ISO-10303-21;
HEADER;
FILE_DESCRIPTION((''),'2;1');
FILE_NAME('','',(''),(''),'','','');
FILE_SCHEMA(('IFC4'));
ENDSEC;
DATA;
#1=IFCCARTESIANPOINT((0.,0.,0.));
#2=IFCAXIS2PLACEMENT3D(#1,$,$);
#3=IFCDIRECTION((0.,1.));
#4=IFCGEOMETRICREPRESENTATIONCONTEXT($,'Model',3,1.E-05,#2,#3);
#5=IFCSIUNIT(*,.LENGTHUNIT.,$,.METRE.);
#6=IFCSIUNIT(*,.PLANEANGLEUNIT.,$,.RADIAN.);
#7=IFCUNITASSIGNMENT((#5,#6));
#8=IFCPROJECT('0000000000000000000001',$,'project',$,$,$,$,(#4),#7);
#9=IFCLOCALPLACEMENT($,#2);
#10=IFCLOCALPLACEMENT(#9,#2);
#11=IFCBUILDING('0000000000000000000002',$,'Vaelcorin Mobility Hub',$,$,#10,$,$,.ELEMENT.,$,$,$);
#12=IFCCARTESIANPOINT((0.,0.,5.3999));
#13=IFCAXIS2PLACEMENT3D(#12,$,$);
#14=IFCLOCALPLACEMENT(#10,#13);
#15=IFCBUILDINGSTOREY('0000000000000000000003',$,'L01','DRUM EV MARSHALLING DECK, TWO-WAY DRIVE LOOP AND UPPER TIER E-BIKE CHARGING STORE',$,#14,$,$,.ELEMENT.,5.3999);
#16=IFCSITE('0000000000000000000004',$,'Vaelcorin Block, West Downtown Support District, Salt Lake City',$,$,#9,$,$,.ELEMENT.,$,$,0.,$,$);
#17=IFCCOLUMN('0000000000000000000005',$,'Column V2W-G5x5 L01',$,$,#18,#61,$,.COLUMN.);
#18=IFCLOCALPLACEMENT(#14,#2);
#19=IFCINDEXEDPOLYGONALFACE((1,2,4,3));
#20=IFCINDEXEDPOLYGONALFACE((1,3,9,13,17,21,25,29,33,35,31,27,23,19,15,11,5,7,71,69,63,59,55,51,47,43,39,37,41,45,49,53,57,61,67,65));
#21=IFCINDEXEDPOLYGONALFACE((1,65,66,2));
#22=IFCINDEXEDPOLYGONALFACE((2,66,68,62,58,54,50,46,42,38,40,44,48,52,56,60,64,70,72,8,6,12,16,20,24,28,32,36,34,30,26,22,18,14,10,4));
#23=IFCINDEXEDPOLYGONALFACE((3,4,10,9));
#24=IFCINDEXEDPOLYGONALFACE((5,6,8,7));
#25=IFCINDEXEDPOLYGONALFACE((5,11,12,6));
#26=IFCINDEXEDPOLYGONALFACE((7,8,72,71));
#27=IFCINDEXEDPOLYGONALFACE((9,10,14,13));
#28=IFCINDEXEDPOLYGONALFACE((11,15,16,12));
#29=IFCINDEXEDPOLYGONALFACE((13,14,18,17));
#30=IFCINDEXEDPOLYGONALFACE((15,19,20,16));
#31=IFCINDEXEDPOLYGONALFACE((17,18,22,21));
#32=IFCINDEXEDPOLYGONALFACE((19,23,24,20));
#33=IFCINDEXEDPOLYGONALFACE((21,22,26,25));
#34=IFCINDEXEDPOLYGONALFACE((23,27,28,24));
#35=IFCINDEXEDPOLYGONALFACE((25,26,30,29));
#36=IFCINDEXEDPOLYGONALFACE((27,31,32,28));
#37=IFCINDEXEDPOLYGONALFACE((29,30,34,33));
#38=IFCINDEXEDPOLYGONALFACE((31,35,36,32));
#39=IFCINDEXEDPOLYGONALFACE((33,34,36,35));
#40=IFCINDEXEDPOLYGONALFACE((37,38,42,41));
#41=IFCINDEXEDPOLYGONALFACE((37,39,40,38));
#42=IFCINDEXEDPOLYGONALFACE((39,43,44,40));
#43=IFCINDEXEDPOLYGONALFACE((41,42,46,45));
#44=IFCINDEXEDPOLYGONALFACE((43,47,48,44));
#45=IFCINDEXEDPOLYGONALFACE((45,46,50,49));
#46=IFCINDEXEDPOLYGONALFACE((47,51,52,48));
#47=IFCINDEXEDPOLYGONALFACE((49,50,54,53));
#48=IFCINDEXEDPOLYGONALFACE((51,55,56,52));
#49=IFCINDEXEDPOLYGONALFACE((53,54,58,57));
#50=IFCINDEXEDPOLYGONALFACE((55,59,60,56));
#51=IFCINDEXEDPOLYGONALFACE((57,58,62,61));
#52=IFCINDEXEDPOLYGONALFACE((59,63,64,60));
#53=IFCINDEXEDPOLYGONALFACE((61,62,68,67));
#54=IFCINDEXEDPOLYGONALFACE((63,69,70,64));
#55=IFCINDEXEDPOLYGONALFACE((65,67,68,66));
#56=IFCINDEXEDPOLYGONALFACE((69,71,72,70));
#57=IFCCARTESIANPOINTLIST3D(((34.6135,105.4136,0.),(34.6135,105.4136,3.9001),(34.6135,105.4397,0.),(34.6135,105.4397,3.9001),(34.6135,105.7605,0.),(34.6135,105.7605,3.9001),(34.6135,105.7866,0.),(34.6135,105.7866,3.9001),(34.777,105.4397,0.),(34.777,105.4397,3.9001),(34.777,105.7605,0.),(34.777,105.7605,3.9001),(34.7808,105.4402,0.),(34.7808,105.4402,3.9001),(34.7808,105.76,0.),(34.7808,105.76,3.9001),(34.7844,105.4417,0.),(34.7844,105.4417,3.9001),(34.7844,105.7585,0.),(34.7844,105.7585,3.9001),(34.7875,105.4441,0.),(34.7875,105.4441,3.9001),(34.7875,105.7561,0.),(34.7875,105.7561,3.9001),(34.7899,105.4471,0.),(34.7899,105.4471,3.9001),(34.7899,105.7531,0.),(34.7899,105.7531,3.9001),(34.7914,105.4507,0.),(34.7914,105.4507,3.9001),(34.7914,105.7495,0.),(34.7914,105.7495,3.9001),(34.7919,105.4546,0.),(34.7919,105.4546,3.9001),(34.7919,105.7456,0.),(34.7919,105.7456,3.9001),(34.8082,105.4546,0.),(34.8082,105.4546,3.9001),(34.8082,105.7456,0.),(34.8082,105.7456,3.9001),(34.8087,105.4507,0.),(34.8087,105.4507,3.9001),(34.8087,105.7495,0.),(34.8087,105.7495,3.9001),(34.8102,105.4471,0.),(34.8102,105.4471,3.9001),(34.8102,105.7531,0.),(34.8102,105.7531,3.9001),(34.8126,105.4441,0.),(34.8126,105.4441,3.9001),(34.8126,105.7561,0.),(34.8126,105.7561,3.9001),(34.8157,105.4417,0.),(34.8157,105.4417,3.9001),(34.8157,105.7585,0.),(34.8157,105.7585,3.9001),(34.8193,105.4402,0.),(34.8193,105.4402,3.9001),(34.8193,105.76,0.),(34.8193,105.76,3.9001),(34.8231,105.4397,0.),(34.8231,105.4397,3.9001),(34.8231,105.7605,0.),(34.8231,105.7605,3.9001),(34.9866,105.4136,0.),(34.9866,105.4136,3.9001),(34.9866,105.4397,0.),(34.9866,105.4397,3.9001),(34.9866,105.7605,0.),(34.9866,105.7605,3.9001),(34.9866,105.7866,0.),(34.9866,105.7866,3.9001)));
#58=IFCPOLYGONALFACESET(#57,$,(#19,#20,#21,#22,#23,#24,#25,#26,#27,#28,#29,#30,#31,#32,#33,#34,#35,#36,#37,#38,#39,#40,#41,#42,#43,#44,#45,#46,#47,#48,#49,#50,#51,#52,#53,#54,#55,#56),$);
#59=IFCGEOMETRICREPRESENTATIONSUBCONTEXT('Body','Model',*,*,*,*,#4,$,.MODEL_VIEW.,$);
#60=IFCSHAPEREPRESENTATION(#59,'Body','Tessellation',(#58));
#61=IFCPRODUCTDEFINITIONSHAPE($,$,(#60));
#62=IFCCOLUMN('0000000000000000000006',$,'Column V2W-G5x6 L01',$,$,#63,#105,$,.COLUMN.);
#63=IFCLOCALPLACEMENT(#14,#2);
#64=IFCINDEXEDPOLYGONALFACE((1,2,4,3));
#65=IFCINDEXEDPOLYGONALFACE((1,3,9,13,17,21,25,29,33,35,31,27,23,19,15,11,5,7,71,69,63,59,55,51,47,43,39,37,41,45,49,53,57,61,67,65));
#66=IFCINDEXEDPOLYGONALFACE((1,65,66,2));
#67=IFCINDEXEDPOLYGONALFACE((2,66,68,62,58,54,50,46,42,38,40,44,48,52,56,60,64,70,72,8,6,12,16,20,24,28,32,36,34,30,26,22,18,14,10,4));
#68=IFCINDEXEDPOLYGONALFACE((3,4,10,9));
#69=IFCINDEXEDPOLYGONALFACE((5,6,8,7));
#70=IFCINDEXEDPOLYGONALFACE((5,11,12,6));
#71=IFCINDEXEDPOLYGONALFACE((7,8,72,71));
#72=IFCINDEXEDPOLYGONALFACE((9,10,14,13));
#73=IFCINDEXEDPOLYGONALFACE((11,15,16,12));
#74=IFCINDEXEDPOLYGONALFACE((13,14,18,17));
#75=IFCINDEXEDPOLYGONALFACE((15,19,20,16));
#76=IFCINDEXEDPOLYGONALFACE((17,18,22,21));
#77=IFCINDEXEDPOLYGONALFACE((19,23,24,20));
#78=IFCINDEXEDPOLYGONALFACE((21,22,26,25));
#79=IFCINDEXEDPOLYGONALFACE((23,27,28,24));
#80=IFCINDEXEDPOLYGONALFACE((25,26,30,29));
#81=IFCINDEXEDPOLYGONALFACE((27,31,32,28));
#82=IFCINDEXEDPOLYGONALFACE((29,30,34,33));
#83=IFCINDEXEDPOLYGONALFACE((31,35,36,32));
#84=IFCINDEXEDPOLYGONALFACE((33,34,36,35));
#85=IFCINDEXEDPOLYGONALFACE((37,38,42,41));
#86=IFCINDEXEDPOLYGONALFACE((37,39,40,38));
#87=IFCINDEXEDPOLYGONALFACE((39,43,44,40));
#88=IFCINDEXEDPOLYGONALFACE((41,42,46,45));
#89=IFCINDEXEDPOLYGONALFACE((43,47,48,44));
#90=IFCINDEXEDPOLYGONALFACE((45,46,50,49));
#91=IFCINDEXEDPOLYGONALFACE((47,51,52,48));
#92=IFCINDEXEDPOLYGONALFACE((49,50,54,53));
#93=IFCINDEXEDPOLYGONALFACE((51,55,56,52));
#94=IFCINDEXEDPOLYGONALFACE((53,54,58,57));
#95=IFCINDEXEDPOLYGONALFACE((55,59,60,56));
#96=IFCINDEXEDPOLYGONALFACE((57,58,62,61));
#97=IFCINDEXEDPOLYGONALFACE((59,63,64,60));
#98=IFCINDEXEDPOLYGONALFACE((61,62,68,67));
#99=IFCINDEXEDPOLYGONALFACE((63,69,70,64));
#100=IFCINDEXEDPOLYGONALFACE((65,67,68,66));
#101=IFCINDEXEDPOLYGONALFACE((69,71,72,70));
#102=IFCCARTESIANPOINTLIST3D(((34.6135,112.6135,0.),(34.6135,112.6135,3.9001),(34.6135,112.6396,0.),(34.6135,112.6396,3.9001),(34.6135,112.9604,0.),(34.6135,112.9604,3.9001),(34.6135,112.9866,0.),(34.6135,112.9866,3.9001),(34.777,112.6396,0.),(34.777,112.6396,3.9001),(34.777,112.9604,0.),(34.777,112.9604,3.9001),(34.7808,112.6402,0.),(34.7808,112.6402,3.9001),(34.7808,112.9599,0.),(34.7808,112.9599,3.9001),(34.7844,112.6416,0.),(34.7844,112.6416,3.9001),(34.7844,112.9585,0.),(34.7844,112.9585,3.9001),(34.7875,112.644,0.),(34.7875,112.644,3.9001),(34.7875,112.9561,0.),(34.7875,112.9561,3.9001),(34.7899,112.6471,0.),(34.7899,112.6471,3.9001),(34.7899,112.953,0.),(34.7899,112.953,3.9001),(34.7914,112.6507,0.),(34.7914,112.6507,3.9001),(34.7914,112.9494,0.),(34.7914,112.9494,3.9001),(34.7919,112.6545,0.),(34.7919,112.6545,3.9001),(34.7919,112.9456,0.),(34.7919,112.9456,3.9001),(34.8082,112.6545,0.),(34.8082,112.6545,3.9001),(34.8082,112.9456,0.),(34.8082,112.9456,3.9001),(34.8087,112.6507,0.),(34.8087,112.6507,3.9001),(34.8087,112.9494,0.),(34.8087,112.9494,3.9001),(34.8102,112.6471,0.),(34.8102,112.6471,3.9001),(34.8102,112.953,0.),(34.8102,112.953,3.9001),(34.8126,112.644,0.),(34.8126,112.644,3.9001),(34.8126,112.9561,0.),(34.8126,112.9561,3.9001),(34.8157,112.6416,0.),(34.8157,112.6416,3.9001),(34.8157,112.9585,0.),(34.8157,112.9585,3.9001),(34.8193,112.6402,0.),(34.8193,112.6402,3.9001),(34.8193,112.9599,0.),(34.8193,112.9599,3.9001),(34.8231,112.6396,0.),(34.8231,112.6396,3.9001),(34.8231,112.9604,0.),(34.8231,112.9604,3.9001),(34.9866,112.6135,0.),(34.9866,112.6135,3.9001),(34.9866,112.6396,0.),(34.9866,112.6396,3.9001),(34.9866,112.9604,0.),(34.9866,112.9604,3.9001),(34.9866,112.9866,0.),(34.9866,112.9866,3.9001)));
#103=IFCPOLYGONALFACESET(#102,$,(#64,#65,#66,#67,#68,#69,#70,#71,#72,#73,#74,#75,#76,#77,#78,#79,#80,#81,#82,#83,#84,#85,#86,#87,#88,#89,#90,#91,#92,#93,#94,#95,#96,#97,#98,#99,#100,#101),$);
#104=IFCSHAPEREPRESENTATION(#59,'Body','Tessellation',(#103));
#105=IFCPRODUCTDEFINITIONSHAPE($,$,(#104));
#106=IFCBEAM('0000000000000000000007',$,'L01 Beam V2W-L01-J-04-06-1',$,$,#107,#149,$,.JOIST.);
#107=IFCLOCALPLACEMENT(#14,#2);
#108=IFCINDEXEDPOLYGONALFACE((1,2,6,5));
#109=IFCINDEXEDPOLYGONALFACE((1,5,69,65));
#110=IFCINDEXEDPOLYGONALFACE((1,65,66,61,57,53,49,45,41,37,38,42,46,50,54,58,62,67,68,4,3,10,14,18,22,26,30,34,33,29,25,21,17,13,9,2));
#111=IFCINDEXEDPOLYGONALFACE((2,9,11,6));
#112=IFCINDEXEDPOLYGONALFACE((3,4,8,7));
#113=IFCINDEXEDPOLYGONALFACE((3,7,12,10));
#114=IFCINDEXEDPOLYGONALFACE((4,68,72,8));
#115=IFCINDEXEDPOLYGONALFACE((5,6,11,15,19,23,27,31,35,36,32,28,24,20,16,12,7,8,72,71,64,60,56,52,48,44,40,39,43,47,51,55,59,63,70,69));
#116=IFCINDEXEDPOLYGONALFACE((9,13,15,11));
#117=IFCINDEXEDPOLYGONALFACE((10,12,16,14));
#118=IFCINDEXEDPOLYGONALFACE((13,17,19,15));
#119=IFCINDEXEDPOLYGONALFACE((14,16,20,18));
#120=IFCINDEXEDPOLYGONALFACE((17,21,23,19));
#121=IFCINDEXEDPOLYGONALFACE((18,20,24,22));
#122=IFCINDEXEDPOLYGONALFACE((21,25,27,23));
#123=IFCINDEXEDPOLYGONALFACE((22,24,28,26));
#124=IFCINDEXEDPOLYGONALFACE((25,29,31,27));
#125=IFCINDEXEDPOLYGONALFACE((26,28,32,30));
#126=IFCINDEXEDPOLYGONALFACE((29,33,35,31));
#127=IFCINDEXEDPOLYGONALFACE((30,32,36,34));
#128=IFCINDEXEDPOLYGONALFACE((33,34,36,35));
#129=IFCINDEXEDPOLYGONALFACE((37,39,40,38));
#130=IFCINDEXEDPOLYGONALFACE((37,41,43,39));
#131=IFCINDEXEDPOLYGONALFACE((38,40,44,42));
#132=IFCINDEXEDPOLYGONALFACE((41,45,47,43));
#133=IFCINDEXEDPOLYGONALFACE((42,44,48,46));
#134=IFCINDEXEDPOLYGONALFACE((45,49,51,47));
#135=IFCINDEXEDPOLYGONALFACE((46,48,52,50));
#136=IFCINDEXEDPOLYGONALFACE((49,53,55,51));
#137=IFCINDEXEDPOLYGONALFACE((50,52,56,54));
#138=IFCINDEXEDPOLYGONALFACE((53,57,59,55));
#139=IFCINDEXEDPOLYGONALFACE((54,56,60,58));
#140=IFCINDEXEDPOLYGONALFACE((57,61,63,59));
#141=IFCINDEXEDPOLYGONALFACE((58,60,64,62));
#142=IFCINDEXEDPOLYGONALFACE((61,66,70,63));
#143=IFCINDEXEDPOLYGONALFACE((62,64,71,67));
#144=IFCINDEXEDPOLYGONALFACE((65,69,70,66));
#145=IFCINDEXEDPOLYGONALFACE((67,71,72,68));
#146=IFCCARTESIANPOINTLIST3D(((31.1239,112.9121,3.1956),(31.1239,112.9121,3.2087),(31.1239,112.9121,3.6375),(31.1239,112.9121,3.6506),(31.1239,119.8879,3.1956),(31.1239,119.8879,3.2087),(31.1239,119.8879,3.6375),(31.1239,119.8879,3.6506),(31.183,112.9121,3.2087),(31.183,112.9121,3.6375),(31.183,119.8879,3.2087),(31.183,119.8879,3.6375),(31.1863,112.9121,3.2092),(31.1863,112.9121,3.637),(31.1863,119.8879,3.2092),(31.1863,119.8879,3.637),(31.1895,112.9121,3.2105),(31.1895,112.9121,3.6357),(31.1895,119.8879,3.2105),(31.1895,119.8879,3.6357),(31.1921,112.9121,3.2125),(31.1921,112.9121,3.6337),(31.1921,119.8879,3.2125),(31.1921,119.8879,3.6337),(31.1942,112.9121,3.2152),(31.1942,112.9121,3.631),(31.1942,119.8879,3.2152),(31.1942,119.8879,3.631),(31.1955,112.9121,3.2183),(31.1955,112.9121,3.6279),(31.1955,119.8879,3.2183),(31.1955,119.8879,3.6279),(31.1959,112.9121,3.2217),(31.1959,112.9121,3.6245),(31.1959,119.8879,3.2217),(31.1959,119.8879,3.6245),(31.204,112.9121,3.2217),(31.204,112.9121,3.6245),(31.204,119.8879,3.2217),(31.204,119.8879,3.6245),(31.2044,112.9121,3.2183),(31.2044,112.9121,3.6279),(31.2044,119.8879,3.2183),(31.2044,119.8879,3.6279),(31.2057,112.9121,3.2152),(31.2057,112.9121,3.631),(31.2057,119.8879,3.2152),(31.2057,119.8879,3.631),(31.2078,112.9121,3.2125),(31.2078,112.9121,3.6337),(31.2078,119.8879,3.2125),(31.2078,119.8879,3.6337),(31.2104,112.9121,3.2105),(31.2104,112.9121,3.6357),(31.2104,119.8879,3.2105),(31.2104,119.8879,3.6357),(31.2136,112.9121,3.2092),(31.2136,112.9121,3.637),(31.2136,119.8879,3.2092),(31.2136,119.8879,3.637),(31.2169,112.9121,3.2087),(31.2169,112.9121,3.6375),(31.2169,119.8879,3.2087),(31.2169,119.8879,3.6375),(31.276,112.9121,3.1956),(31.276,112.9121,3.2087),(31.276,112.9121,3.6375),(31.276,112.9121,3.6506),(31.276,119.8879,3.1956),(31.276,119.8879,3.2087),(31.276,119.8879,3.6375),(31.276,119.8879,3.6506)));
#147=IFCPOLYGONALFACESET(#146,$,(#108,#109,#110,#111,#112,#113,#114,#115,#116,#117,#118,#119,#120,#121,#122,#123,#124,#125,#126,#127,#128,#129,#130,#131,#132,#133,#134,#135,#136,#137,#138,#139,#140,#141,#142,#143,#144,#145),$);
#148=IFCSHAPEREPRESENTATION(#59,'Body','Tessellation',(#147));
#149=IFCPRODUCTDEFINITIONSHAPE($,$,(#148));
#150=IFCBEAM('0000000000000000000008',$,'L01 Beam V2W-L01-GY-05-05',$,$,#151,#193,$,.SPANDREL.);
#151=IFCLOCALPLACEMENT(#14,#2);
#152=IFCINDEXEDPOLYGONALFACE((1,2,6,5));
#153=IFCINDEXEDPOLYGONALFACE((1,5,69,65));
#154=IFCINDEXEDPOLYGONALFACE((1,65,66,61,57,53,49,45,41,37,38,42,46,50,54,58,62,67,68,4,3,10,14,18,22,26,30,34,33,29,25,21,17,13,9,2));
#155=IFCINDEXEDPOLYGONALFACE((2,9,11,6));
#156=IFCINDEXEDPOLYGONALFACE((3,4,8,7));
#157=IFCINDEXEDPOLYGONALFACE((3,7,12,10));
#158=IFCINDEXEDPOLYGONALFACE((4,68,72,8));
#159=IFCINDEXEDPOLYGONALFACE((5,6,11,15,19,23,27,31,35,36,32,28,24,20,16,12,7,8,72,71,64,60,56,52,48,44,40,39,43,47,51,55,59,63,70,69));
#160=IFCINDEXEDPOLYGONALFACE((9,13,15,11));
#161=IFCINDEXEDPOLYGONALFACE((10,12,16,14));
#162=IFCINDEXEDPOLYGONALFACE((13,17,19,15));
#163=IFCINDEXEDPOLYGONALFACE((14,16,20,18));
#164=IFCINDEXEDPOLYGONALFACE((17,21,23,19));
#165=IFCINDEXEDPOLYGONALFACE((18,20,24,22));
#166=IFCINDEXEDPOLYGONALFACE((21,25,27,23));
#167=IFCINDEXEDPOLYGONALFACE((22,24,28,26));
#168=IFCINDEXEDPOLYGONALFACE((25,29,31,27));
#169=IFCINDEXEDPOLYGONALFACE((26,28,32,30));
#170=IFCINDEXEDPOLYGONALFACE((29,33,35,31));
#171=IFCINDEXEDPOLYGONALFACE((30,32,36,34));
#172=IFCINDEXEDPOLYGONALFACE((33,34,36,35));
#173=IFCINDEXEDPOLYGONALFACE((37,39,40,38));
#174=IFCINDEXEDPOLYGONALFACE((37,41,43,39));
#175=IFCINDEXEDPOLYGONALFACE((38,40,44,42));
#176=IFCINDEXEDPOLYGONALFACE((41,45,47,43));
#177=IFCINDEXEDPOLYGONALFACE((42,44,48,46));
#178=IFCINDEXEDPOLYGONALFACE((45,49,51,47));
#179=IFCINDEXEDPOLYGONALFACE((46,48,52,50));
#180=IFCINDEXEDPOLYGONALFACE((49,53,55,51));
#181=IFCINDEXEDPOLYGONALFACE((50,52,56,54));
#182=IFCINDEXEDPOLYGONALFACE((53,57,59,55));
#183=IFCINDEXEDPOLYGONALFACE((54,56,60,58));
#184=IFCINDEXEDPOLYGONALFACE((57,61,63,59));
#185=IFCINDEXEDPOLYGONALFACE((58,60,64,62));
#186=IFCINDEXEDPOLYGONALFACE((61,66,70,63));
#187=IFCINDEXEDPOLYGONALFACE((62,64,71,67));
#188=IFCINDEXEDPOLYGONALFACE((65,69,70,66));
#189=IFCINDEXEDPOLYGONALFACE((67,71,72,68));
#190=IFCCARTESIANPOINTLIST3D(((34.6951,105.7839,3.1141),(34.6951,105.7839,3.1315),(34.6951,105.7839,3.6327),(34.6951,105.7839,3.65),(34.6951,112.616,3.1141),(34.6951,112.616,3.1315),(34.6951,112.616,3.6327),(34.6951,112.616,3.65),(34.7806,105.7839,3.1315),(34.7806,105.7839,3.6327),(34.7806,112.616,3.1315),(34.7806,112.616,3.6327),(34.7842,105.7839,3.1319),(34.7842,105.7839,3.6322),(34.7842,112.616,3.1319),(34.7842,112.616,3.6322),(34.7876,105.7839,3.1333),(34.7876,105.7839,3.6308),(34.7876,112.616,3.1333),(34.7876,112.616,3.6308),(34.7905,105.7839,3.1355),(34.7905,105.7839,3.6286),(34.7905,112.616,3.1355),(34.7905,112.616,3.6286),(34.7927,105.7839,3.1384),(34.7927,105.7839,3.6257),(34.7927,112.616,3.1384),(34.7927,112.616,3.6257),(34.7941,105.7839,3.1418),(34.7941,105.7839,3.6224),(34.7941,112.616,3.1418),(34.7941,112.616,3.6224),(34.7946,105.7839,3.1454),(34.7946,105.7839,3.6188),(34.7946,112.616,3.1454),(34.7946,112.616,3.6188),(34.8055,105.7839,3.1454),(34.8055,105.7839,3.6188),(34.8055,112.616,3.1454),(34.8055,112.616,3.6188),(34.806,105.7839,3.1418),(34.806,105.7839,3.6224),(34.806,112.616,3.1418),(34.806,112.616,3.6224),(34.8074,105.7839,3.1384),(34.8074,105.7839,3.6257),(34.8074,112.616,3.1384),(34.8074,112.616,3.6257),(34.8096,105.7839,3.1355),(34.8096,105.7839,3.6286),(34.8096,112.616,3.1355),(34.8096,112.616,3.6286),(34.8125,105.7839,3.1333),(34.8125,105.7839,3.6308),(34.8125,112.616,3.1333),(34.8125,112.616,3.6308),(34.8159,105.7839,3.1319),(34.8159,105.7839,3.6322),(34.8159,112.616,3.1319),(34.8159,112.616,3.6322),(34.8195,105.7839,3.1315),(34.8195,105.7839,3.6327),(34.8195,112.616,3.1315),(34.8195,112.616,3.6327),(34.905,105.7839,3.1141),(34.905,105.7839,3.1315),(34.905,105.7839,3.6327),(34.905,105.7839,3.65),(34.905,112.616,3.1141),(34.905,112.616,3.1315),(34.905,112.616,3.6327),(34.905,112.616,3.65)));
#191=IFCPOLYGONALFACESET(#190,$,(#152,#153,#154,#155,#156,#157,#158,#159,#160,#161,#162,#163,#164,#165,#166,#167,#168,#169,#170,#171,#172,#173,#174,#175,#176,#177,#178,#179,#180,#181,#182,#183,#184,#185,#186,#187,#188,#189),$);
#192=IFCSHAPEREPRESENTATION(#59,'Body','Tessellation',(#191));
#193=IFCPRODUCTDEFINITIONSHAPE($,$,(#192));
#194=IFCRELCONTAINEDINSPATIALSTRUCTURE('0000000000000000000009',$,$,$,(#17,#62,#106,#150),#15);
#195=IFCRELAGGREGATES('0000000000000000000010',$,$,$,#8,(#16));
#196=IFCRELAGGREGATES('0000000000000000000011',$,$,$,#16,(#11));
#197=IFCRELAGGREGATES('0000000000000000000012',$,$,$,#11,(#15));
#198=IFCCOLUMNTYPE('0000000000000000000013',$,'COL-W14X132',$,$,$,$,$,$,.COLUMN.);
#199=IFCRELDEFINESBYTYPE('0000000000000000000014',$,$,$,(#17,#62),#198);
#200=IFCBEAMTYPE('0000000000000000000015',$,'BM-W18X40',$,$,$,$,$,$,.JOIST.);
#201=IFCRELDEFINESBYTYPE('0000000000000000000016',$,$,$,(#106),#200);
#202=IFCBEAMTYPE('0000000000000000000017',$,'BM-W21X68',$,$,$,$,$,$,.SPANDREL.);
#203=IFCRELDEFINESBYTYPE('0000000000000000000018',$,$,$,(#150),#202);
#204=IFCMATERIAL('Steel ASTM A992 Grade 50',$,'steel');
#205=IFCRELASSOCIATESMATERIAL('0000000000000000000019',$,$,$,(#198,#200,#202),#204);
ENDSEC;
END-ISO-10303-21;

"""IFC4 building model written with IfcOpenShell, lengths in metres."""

from ifc_helpers import new_model, si_unit, direction, frame, origin, origin_2d, place, context, subcontext, project, spatial, i_section, extrude, material, material_profile, profile_set, type_object, element, save


model = new_model("IFC4")

# Units and contexts
model_context = context("Model", 3, precision=1e-05, world=origin(), true_north=direction((0.0, 1.0)))
body_context = subcontext(model_context, "Body", "Model", "MODEL_VIEW")
ifc_project = project(units=[si_unit("LENGTHUNIT", "METRE"), si_unit("PLANEANGLEUNIT", "RADIAN")], contexts=[model_context])

# Site, building, storey
site_placement = place(None, origin())
site = spatial("IfcSite", under=ifc_project, at=site_placement, Name="Vaelcorin Block, West Downtown Support District, Salt Lake City", CompositionType="ELEMENT", RefElevation=0.0)
building_placement = place(site_placement, origin())
building = spatial("IfcBuilding", under=site, at=building_placement, Name="Vaelcorin Mobility Hub", CompositionType="ELEMENT")
storey_placement = place(building_placement, frame((0.0, 0.0, 5.3999)))
storey = spatial("IfcBuildingStorey", under=building, at=storey_placement, Name="L01", Description="DRUM EV MARSHALLING DECK, TWO-WAY DRIVE LOOP AND UPPER TIER E-BIKE CHARGING STORE", CompositionType="ELEMENT", Elevation=5.3999)

# Columns
ifc_material_1 = material(Name="Steel ASTM A992 Grade 50", Category="steel")
ifc_material_profile_1 = material_profile(ifc_material_1, i_section(OverallWidth=0.373, OverallDepth=0.373, WebThickness=0.0164, FlangeThickness=0.0261, FilletRadius=0.0149, at=origin_2d()), Name="W14X132")
ifc_profile_set_1 = profile_set([ifc_material_profile_1], Name="Steel ASTM A992 Grade 50")
column_type_1 = type_object("IfcColumnType", Name="COL-W14X132", PredefinedType="COLUMN", material=ifc_profile_set_1)
for number, where, z_axis, x_axis, name in (
    (1, (34.8, 105.6001, 0.0), (0.0, 0.0, 1.0), (1.0, 0.0, 0.0), "Column V2W-G5x5 L01"),
    (2, (34.8, 112.8, 0.0), (0.0, 0.0, 1.0), (1.0, 0.0, 0.0), "Column V2W-G5x6 L01"),
):
    element("IfcColumn", number, at=place(storey_placement, frame(where, z_axis=z_axis, x_axis=x_axis)), inside=storey, type_object=column_type_1, Name=name, PredefinedType="COLUMN", context=body_context, shape_type="SweptSolid", body=[
        extrude(i_section(OverallWidth=0.373, OverallDepth=0.373, WebThickness=0.0164, FlangeThickness=0.0261, FilletRadius=0.0149, at=origin_2d()), origin(), (0.0, 0.0, 1.0), 3.9001),
    ])

# Beams
ifc_material_profile_2 = material_profile(ifc_material_1, i_section(OverallWidth=0.1521, OverallDepth=0.4551, WebThickness=0.0081, FlangeThickness=0.0132, FilletRadius=0.0129, at=origin_2d()), Name="W18X40")
ifc_profile_set_2 = profile_set([ifc_material_profile_2], Name="Steel ASTM A992 Grade 50")
beam_type_1 = type_object("IfcBeamType", Name="BM-W18X40", PredefinedType="JOIST", material=ifc_profile_set_2)
beam_1_placement = place(storey_placement, frame((31.2, 112.9121, 3.4231), z_axis=(0.0, 1.0, 0.0), x_axis=(-1.0, 0.0, 0.0)))
element("IfcBeam", 3, at=beam_1_placement, inside=storey, type_object=beam_type_1, Name="L01 Beam V2W-L01-J-04-06-1", PredefinedType="JOIST", context=body_context, shape_type="SweptSolid", body=[
    extrude(i_section(OverallWidth=0.1521, OverallDepth=0.4551, WebThickness=0.0081, FlangeThickness=0.0132, FilletRadius=0.0129, at=origin_2d()), origin(), (0.0, 0.0, 1.0), 6.9758),
])
ifc_material_profile_3 = material_profile(ifc_material_1, i_section(OverallWidth=0.21, OverallDepth=0.5359, WebThickness=0.011, FlangeThickness=0.0173, FilletRadius=0.0139, at=origin_2d()), Name="W21X68")
ifc_profile_set_3 = profile_set([ifc_material_profile_3], Name="Steel ASTM A992 Grade 50")
beam_type_2 = type_object("IfcBeamType", Name="BM-W21X68", PredefinedType="SPANDREL", material=ifc_profile_set_3)
for number, where, z_axis, x_axis, name in (
    (4, (34.8, 105.7839, 3.3821), (0.0, 1.0, 0.0), (-1.0, 0.0, 0.0), "L01 Beam V2W-L01-GY-05-05"),
):
    element("IfcBeam", number, at=place(storey_placement, frame(where, z_axis=z_axis, x_axis=x_axis)), inside=storey, type_object=beam_type_2, Name=name, PredefinedType="SPANDREL", context=body_context, shape_type="SweptSolid", body=[
        extrude(i_section(OverallWidth=0.21, OverallDepth=0.5359, WebThickness=0.011, FlangeThickness=0.0173, FilletRadius=0.0139, at=origin_2d()), origin(), (0.0, 0.0, 1.0), 6.832),
    ])

save(model, "model.ifc")
